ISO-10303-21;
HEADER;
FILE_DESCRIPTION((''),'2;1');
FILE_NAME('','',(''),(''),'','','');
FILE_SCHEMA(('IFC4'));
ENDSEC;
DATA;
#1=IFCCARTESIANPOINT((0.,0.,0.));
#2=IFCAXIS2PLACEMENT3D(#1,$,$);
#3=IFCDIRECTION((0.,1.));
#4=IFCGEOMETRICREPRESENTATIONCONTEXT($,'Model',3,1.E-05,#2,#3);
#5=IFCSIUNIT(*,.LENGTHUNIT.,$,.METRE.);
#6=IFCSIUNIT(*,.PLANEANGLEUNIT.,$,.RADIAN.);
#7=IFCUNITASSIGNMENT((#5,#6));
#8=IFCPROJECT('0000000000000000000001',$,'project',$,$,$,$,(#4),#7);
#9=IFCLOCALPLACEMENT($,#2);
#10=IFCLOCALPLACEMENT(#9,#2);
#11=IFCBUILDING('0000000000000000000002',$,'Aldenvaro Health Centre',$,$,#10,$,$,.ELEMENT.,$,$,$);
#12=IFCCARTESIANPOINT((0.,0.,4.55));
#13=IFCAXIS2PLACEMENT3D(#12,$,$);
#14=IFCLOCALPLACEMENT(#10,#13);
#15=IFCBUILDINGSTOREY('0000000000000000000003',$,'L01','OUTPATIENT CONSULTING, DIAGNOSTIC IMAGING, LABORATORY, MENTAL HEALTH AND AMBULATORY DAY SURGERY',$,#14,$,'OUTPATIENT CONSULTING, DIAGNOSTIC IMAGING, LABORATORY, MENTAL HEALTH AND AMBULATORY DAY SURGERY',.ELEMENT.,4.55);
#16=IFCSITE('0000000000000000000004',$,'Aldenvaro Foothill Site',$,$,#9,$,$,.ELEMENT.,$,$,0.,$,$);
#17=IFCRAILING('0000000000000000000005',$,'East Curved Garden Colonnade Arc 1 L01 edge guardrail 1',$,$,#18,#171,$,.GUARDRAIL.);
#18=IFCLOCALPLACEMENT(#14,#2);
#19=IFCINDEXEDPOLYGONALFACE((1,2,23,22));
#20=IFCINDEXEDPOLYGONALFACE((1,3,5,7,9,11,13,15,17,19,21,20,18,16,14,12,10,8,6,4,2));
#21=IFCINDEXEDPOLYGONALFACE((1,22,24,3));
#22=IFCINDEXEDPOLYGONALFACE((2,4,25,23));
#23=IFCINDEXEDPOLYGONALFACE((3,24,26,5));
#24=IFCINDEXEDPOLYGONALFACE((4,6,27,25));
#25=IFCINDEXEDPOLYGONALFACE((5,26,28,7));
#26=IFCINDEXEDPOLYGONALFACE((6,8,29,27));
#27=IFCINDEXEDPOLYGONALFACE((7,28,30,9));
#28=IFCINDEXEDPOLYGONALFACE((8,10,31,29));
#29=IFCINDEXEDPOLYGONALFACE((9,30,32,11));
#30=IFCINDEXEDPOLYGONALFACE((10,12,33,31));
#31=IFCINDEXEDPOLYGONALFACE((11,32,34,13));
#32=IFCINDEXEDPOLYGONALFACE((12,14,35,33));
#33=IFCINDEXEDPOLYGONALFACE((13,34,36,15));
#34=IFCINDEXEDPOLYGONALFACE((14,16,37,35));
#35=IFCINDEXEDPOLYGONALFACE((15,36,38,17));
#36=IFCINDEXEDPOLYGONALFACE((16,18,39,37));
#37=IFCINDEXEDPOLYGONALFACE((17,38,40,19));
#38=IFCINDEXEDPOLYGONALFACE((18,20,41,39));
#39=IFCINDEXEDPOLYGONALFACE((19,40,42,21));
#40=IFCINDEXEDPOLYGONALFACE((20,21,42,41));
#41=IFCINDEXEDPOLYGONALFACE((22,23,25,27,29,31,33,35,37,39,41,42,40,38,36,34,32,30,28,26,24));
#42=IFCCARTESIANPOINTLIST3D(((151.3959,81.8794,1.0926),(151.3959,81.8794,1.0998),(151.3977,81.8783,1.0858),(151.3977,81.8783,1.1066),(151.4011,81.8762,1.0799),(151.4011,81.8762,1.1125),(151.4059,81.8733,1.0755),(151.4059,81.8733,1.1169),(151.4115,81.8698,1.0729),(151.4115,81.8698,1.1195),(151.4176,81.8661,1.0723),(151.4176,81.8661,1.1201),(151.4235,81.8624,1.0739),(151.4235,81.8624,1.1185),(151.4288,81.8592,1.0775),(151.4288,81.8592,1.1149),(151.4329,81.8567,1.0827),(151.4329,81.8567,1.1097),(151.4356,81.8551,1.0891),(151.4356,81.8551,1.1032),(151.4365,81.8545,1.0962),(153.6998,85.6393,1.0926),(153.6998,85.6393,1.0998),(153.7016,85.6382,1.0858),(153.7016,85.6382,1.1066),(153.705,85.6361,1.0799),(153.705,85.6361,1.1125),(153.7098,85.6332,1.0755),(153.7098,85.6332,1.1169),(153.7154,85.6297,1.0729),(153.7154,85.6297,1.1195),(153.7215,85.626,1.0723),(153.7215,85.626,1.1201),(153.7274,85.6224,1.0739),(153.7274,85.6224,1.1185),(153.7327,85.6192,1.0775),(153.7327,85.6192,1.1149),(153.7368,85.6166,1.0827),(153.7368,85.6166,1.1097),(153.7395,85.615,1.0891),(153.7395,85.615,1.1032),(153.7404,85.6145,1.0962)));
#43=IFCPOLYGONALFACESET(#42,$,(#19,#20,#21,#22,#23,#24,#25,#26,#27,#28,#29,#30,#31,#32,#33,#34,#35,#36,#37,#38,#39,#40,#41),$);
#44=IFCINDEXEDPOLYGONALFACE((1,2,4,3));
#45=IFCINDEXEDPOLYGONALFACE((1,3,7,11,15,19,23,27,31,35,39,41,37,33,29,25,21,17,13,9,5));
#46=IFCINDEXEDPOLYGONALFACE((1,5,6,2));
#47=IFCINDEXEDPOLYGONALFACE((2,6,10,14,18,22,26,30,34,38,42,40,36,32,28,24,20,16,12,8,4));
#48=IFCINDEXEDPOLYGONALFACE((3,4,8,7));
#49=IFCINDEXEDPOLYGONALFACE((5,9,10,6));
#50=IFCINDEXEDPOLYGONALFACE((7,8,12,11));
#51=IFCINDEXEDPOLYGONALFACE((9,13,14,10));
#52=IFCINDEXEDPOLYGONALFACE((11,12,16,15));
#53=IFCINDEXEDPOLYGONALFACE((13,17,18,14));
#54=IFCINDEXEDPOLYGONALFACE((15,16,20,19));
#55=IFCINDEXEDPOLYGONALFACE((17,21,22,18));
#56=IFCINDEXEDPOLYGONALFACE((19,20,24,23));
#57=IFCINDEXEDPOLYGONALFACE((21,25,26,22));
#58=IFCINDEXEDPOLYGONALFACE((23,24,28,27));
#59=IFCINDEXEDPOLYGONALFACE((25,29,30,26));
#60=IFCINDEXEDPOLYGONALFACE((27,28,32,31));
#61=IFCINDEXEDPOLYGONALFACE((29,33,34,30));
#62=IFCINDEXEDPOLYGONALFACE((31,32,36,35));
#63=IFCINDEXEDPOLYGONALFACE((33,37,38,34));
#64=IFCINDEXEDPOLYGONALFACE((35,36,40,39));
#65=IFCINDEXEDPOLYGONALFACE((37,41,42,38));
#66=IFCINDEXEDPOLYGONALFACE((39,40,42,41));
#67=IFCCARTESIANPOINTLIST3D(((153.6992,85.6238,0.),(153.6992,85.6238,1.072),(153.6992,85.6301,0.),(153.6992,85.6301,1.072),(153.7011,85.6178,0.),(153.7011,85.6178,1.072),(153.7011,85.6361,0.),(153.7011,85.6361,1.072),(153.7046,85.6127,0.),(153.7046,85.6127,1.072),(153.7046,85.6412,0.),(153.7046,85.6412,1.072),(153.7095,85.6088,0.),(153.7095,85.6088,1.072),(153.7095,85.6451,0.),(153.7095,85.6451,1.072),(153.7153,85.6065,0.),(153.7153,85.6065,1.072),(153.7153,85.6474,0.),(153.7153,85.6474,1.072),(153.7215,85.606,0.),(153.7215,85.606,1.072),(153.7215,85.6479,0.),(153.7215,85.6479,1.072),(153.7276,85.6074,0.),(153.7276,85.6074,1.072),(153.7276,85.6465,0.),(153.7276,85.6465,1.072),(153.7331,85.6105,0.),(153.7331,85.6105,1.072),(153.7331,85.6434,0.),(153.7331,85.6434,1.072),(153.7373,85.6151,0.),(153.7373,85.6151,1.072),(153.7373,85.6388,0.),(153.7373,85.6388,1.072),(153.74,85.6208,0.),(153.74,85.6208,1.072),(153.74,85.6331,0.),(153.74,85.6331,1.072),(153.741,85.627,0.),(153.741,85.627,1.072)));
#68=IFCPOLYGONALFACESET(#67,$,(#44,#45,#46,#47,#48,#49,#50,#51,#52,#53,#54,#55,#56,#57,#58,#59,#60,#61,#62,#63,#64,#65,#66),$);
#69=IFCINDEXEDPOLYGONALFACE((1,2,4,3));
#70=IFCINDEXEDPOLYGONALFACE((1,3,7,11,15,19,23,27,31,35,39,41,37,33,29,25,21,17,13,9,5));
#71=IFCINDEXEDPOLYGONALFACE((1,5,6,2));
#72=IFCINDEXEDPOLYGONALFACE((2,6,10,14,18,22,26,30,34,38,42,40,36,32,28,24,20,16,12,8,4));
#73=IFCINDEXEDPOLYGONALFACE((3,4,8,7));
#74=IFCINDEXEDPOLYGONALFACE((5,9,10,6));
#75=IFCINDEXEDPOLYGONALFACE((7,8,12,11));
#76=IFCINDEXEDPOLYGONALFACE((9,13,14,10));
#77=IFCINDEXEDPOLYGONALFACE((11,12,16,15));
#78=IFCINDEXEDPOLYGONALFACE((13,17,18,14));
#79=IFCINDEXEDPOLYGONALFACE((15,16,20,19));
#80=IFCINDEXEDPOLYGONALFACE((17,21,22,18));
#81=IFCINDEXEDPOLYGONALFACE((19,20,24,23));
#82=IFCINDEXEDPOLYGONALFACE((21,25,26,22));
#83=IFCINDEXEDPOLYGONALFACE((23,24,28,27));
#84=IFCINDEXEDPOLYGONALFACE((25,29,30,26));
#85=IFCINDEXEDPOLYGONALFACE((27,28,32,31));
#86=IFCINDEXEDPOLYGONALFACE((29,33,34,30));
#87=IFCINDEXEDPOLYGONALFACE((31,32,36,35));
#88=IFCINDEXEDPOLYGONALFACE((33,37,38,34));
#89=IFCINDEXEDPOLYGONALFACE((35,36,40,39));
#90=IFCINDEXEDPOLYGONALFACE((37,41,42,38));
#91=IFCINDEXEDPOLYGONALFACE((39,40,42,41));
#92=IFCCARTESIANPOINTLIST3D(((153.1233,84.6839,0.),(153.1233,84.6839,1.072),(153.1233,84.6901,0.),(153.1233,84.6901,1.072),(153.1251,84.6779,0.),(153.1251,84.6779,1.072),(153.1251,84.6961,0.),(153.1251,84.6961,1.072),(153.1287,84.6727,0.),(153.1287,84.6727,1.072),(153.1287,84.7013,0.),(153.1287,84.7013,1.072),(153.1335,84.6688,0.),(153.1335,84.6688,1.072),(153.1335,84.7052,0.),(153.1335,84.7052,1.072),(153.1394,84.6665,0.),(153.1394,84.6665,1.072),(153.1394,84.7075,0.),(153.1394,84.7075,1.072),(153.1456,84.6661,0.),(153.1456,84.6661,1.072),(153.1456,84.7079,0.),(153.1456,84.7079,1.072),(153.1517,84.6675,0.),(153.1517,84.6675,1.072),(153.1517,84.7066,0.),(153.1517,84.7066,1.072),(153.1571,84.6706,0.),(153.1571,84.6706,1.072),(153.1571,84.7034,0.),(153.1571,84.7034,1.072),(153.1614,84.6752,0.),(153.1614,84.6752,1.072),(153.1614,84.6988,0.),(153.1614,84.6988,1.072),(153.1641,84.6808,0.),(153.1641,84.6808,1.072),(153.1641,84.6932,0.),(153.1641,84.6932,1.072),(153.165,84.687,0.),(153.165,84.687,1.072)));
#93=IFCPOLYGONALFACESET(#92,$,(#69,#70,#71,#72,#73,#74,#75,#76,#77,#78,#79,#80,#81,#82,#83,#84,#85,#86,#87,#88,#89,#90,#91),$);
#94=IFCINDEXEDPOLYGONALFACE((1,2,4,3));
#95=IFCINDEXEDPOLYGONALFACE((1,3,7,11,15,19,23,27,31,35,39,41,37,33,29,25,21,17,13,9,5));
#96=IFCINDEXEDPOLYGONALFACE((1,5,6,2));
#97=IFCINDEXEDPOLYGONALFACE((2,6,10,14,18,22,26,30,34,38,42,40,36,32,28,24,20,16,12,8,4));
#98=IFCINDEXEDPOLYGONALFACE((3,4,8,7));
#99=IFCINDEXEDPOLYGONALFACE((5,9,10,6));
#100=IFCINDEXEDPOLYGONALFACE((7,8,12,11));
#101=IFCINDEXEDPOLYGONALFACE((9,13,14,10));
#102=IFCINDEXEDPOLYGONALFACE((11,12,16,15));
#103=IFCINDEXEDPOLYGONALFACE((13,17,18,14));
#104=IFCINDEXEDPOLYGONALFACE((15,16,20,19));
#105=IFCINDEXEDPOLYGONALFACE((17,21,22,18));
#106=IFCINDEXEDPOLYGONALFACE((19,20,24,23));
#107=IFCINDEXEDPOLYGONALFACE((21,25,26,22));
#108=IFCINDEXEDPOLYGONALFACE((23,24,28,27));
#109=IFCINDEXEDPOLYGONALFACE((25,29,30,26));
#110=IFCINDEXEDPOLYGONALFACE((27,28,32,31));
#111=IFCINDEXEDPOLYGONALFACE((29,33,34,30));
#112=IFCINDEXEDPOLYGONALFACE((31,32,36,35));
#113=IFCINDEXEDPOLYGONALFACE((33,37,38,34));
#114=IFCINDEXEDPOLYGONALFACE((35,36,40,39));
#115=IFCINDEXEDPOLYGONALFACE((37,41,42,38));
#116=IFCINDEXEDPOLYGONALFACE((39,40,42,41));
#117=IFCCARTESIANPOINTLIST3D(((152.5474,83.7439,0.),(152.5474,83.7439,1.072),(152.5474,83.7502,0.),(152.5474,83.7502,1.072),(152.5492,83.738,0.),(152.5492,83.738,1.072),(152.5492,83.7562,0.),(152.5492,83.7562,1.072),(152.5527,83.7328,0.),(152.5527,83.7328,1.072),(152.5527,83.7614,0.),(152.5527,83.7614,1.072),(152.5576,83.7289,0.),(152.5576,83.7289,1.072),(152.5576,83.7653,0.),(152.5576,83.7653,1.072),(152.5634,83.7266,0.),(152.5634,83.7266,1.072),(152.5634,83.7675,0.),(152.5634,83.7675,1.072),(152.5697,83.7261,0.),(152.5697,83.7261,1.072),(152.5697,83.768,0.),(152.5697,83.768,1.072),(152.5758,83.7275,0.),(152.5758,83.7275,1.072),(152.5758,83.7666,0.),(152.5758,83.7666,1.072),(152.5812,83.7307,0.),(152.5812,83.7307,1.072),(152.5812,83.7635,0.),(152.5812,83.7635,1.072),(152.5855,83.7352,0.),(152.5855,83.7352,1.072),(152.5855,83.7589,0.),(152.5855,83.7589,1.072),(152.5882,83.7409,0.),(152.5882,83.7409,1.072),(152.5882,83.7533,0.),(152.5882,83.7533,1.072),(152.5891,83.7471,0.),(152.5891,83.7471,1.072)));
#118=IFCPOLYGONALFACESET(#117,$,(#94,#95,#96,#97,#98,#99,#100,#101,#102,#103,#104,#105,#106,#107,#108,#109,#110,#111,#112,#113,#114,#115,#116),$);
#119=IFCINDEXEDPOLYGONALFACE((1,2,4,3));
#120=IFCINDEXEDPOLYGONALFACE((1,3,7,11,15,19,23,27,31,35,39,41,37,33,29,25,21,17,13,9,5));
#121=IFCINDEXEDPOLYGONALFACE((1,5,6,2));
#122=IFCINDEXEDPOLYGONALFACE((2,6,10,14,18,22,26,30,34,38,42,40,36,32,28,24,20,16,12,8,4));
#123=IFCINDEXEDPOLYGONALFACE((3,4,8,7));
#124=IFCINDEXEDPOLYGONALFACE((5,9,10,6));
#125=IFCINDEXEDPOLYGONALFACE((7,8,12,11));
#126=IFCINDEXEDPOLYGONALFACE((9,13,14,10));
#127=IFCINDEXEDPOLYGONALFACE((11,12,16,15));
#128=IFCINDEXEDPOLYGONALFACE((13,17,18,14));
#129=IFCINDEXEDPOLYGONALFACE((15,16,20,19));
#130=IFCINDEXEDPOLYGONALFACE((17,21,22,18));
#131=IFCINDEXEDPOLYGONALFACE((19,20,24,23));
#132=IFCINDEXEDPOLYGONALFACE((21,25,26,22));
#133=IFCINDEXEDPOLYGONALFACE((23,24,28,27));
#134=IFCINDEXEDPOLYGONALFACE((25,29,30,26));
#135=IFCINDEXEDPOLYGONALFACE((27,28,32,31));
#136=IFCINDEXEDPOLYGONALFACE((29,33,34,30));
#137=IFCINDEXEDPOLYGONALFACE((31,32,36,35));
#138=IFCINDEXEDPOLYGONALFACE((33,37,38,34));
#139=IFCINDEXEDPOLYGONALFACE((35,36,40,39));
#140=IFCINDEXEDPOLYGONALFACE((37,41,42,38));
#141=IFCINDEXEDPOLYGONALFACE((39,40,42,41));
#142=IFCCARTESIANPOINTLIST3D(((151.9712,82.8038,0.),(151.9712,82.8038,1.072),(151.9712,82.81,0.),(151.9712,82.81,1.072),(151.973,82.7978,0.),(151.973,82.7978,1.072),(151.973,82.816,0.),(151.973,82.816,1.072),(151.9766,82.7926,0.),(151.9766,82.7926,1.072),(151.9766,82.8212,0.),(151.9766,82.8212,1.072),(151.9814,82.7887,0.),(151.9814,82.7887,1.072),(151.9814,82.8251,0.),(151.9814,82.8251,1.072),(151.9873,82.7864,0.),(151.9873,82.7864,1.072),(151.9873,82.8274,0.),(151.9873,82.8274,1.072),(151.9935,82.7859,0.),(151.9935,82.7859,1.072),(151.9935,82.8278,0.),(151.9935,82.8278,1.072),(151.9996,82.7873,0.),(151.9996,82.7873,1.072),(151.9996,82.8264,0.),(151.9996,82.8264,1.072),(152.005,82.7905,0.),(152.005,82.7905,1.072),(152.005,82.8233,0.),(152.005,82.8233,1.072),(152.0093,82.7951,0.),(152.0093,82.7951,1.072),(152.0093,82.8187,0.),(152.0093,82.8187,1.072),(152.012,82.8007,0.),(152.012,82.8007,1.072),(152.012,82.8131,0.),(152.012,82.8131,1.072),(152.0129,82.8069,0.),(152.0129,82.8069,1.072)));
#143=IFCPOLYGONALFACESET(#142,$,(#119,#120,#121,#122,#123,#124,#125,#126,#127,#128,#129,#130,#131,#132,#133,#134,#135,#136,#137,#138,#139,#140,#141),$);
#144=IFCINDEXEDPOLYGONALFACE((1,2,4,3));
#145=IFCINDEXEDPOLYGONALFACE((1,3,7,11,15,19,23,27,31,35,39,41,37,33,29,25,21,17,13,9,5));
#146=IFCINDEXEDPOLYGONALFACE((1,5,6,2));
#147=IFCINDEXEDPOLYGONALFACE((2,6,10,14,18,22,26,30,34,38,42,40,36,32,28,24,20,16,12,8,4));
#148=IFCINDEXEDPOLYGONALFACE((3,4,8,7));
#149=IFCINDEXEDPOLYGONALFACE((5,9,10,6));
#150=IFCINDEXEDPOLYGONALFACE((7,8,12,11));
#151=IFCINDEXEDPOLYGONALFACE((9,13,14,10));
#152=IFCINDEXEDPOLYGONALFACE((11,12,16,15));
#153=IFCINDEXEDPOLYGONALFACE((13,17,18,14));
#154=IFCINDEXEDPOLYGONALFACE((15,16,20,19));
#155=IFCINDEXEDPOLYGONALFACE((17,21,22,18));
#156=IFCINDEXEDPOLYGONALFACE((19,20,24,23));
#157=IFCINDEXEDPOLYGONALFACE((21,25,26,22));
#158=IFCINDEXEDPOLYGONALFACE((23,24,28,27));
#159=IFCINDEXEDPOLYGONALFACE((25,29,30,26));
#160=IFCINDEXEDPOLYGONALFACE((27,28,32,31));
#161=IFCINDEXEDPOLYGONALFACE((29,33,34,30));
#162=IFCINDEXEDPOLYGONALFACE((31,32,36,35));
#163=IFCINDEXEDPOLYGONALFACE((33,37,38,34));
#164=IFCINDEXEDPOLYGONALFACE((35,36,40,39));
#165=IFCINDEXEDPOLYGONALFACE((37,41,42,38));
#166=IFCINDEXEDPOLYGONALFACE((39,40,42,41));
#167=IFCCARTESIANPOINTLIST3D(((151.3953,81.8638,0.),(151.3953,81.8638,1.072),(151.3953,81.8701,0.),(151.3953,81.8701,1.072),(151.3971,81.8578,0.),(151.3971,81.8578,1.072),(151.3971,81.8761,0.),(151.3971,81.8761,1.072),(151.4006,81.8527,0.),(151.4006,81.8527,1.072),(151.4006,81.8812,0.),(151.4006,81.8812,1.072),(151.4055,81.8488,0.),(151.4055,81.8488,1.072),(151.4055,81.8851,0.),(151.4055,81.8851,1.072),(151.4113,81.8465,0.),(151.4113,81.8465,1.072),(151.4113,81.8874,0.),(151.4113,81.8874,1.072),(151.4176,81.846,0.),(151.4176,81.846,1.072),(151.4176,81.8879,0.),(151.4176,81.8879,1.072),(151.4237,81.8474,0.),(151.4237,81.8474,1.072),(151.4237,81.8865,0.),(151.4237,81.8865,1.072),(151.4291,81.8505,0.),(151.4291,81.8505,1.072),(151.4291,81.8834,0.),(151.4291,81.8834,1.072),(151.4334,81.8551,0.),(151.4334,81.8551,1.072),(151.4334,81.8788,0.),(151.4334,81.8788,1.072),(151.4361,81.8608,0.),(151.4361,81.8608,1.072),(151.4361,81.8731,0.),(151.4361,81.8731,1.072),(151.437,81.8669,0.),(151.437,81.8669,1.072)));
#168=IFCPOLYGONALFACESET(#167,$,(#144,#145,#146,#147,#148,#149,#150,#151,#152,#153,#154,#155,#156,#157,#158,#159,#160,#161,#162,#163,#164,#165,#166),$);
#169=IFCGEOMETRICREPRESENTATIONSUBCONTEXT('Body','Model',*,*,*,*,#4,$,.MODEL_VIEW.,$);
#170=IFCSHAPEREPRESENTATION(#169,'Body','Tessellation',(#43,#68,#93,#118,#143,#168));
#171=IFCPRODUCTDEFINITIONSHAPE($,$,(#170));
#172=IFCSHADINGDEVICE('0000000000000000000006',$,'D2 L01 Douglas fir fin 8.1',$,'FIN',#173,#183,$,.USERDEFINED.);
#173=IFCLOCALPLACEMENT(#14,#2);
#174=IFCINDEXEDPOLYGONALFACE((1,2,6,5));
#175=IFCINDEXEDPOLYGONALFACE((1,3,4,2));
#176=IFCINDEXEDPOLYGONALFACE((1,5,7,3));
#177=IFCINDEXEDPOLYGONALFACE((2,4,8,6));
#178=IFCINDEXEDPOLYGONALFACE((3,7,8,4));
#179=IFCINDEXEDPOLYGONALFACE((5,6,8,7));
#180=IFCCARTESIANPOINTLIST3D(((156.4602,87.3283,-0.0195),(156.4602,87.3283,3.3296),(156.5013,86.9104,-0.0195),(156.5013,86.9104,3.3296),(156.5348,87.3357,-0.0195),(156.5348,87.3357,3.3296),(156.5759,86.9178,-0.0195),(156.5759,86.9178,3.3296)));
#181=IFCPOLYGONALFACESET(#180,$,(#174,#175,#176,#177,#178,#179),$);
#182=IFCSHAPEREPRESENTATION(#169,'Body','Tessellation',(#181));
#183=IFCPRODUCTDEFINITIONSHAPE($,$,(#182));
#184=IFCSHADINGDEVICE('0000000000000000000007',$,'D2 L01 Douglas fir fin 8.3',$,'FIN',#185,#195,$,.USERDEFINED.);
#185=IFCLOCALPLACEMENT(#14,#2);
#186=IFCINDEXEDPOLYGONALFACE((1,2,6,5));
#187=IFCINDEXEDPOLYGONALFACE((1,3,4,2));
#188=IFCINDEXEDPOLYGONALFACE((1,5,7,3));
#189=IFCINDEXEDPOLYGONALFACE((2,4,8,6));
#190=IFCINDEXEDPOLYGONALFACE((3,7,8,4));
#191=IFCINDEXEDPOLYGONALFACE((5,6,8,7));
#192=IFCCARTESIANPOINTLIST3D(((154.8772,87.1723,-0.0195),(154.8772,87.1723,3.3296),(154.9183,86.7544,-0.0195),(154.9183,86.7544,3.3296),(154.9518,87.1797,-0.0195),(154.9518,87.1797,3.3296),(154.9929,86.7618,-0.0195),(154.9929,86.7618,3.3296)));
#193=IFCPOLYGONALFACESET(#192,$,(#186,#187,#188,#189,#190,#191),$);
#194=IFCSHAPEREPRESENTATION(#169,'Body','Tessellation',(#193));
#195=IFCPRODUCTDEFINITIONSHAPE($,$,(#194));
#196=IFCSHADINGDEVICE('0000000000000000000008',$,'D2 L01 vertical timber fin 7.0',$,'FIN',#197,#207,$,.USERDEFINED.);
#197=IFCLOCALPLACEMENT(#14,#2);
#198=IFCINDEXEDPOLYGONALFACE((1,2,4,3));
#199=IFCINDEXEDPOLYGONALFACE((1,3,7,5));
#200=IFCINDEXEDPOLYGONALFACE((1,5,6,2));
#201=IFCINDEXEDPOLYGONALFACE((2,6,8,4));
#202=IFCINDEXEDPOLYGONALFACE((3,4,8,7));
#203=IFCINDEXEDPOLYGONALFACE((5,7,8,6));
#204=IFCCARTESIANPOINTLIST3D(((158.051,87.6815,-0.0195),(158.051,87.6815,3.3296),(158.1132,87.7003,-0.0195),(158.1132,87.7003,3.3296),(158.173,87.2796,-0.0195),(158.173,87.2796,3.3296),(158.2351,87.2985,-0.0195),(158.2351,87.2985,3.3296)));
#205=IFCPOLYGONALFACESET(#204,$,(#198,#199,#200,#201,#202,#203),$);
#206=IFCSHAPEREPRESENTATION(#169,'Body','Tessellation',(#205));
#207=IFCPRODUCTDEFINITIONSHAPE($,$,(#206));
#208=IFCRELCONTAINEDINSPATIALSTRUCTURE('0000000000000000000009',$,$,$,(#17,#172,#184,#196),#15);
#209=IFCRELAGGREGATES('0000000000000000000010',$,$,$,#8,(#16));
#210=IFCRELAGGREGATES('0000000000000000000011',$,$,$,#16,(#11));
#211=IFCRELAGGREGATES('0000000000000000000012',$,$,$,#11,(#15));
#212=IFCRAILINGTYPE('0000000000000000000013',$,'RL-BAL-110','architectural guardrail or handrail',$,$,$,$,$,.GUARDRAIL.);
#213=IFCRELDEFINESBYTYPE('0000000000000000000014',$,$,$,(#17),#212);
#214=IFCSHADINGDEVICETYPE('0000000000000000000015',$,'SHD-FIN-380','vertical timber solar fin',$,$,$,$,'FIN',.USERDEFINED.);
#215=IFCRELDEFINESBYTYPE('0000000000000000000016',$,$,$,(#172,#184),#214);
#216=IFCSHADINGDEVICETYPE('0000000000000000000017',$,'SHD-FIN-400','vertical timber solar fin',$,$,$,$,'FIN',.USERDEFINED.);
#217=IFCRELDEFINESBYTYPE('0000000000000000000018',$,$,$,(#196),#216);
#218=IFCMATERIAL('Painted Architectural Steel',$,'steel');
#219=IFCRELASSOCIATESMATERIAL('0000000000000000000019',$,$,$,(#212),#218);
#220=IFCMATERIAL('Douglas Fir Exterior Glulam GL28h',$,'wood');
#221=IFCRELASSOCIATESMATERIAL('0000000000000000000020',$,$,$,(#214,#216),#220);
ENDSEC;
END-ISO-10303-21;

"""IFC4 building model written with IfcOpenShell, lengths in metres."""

from ifc_helpers import new_model, si_unit, direction, frame, origin, origin_2d, place, context, subcontext, project, spatial, rectangle, circle, extrude, material, type_object, element, save


model = new_model("IFC4")

# Units and contexts
model_context = context("Model", 3, precision=1e-05, world=origin(), true_north=direction((0.0, 1.0)))
body_context = subcontext(model_context, "Body", "Model", "MODEL_VIEW")
ifc_project = project(units=[si_unit("LENGTHUNIT", "METRE"), si_unit("PLANEANGLEUNIT", "RADIAN")], contexts=[model_context])

# Site, building, storey
site_placement = place(None, origin())
site = spatial("IfcSite", under=ifc_project, at=site_placement, Name="Aldenvaro Foothill Site", CompositionType="ELEMENT", RefElevation=0.0)
building_placement = place(site_placement, origin())
building = spatial("IfcBuilding", under=site, at=building_placement, Name="Aldenvaro Health Centre", CompositionType="ELEMENT")
storey_placement = place(building_placement, frame((0.0, 0.0, 4.55)))
storey = spatial("IfcBuildingStorey", under=building, at=storey_placement, Name="L01", Description="OUTPATIENT CONSULTING, DIAGNOSTIC IMAGING, LABORATORY, MENTAL HEALTH AND AMBULATORY DAY SURGERY", LongName="OUTPATIENT CONSULTING, DIAGNOSTIC IMAGING, LABORATORY, MENTAL HEALTH AND AMBULATORY DAY SURGERY", CompositionType="ELEMENT", Elevation=4.55)

# Railing
ifc_material_1 = material(Name="Painted Architectural Steel", Category="steel")
railing_type = type_object("IfcRailingType", Name="RL-BAL-110", Description="architectural guardrail or handrail", PredefinedType="GUARDRAIL", material=ifc_material_1)
railing_placement = place(storey_placement, frame((153.72, 85.627, 0.0)))
element("IfcRailing", 1, at=railing_placement, inside=storey, type_object=railing_type, Name="East Curved Garden Colonnade Arc 1 L01 edge guardrail 1", PredefinedType="GUARDRAIL", context=body_context, shape_type="SweptSolid", body=[
    extrude(circle(Radius=0.0239, at=origin_2d()), frame((0.0, 0.0, 1.0962), z_axis=(-0.522469, -0.852659, 0.0), x_axis=(0.852659, -0.522469, 0.0)), (0.0, 0.0, 1.0), 4.4097),
    extrude(circle(Radius=0.021, at=origin_2d()), origin(), (0.0, 0.0, 1.0), 1.072),
    extrude(circle(Radius=0.021, at=origin_2d()), frame((-0.5759, -0.9399, 0.0)), (0.0, 0.0, 1.0), 1.072),
    extrude(circle(Radius=0.021, at=origin_2d()), frame((-1.1519, -1.8799, 0.0)), (0.0, 0.0, 1.0), 1.072),
    extrude(circle(Radius=0.021, at=origin_2d()), frame((-1.728, -2.8201, 0.0)), (0.0, 0.0, 1.0), 1.072),
    extrude(circle(Radius=0.021, at=origin_2d()), frame((-2.304, -3.76, 0.0)), (0.0, 0.0, 1.0), 1.072),
])

# Shading devices
ifc_material_2 = material(Name="Douglas Fir Exterior Glulam GL28h", Category="wood")
shading_device_type_1 = type_object("IfcShadingDeviceType", Name="SHD-FIN-380", Description="vertical timber solar fin", ElementType="FIN", PredefinedType="USERDEFINED", material=ifc_material_2)
for number, where, z_axis, x_axis, name in (
    (2, (156.5181, 87.123, -0.0195), (0.0, 0.0, 1.0), (-0.995195, -0.097915, 0.0), "D2 L01 Douglas fir fin 8.1"),
    (3, (154.9351, 86.967, -0.0195), (0.0, 0.0, 1.0), (-0.995195, -0.097915, 0.0), "D2 L01 Douglas fir fin 8.3"),
):
    element("IfcShadingDevice", number, at=place(storey_placement, frame(where, z_axis=z_axis, x_axis=x_axis)), inside=storey, type_object=shading_device_type_1, Name=name, ObjectType="FIN", PredefinedType="USERDEFINED", context=body_context, shape_type="SweptSolid", body=[
        extrude(rectangle(XDim=0.075, YDim=0.4199, at=origin_2d()), origin(), (0.0, 0.0, 1.0), 3.3491),
    ])
shading_device_type_2 = type_object("IfcShadingDeviceType", Name="SHD-FIN-400", Description="vertical timber solar fin", ElementType="FIN", PredefinedType="USERDEFINED", material=ifc_material_2)
shading_device_placement = place(storey_placement, frame((158.1431, 87.49, -0.0195), z_axis=(0.0, 0.0, 1.0), x_axis=(-0.956893, -0.290441, 0.0)))
element("IfcShadingDevice", 4, at=shading_device_placement, inside=storey, type_object=shading_device_type_2, Name="D2 L01 vertical timber fin 7.0", ObjectType="FIN", PredefinedType="USERDEFINED", context=body_context, shape_type="SweptSolid", body=[
    extrude(rectangle(XDim=0.0649, YDim=0.4199, at=origin_2d()), origin(), (0.0, 0.0, 1.0), 3.3491),
])

save(model, "model.ifc")
